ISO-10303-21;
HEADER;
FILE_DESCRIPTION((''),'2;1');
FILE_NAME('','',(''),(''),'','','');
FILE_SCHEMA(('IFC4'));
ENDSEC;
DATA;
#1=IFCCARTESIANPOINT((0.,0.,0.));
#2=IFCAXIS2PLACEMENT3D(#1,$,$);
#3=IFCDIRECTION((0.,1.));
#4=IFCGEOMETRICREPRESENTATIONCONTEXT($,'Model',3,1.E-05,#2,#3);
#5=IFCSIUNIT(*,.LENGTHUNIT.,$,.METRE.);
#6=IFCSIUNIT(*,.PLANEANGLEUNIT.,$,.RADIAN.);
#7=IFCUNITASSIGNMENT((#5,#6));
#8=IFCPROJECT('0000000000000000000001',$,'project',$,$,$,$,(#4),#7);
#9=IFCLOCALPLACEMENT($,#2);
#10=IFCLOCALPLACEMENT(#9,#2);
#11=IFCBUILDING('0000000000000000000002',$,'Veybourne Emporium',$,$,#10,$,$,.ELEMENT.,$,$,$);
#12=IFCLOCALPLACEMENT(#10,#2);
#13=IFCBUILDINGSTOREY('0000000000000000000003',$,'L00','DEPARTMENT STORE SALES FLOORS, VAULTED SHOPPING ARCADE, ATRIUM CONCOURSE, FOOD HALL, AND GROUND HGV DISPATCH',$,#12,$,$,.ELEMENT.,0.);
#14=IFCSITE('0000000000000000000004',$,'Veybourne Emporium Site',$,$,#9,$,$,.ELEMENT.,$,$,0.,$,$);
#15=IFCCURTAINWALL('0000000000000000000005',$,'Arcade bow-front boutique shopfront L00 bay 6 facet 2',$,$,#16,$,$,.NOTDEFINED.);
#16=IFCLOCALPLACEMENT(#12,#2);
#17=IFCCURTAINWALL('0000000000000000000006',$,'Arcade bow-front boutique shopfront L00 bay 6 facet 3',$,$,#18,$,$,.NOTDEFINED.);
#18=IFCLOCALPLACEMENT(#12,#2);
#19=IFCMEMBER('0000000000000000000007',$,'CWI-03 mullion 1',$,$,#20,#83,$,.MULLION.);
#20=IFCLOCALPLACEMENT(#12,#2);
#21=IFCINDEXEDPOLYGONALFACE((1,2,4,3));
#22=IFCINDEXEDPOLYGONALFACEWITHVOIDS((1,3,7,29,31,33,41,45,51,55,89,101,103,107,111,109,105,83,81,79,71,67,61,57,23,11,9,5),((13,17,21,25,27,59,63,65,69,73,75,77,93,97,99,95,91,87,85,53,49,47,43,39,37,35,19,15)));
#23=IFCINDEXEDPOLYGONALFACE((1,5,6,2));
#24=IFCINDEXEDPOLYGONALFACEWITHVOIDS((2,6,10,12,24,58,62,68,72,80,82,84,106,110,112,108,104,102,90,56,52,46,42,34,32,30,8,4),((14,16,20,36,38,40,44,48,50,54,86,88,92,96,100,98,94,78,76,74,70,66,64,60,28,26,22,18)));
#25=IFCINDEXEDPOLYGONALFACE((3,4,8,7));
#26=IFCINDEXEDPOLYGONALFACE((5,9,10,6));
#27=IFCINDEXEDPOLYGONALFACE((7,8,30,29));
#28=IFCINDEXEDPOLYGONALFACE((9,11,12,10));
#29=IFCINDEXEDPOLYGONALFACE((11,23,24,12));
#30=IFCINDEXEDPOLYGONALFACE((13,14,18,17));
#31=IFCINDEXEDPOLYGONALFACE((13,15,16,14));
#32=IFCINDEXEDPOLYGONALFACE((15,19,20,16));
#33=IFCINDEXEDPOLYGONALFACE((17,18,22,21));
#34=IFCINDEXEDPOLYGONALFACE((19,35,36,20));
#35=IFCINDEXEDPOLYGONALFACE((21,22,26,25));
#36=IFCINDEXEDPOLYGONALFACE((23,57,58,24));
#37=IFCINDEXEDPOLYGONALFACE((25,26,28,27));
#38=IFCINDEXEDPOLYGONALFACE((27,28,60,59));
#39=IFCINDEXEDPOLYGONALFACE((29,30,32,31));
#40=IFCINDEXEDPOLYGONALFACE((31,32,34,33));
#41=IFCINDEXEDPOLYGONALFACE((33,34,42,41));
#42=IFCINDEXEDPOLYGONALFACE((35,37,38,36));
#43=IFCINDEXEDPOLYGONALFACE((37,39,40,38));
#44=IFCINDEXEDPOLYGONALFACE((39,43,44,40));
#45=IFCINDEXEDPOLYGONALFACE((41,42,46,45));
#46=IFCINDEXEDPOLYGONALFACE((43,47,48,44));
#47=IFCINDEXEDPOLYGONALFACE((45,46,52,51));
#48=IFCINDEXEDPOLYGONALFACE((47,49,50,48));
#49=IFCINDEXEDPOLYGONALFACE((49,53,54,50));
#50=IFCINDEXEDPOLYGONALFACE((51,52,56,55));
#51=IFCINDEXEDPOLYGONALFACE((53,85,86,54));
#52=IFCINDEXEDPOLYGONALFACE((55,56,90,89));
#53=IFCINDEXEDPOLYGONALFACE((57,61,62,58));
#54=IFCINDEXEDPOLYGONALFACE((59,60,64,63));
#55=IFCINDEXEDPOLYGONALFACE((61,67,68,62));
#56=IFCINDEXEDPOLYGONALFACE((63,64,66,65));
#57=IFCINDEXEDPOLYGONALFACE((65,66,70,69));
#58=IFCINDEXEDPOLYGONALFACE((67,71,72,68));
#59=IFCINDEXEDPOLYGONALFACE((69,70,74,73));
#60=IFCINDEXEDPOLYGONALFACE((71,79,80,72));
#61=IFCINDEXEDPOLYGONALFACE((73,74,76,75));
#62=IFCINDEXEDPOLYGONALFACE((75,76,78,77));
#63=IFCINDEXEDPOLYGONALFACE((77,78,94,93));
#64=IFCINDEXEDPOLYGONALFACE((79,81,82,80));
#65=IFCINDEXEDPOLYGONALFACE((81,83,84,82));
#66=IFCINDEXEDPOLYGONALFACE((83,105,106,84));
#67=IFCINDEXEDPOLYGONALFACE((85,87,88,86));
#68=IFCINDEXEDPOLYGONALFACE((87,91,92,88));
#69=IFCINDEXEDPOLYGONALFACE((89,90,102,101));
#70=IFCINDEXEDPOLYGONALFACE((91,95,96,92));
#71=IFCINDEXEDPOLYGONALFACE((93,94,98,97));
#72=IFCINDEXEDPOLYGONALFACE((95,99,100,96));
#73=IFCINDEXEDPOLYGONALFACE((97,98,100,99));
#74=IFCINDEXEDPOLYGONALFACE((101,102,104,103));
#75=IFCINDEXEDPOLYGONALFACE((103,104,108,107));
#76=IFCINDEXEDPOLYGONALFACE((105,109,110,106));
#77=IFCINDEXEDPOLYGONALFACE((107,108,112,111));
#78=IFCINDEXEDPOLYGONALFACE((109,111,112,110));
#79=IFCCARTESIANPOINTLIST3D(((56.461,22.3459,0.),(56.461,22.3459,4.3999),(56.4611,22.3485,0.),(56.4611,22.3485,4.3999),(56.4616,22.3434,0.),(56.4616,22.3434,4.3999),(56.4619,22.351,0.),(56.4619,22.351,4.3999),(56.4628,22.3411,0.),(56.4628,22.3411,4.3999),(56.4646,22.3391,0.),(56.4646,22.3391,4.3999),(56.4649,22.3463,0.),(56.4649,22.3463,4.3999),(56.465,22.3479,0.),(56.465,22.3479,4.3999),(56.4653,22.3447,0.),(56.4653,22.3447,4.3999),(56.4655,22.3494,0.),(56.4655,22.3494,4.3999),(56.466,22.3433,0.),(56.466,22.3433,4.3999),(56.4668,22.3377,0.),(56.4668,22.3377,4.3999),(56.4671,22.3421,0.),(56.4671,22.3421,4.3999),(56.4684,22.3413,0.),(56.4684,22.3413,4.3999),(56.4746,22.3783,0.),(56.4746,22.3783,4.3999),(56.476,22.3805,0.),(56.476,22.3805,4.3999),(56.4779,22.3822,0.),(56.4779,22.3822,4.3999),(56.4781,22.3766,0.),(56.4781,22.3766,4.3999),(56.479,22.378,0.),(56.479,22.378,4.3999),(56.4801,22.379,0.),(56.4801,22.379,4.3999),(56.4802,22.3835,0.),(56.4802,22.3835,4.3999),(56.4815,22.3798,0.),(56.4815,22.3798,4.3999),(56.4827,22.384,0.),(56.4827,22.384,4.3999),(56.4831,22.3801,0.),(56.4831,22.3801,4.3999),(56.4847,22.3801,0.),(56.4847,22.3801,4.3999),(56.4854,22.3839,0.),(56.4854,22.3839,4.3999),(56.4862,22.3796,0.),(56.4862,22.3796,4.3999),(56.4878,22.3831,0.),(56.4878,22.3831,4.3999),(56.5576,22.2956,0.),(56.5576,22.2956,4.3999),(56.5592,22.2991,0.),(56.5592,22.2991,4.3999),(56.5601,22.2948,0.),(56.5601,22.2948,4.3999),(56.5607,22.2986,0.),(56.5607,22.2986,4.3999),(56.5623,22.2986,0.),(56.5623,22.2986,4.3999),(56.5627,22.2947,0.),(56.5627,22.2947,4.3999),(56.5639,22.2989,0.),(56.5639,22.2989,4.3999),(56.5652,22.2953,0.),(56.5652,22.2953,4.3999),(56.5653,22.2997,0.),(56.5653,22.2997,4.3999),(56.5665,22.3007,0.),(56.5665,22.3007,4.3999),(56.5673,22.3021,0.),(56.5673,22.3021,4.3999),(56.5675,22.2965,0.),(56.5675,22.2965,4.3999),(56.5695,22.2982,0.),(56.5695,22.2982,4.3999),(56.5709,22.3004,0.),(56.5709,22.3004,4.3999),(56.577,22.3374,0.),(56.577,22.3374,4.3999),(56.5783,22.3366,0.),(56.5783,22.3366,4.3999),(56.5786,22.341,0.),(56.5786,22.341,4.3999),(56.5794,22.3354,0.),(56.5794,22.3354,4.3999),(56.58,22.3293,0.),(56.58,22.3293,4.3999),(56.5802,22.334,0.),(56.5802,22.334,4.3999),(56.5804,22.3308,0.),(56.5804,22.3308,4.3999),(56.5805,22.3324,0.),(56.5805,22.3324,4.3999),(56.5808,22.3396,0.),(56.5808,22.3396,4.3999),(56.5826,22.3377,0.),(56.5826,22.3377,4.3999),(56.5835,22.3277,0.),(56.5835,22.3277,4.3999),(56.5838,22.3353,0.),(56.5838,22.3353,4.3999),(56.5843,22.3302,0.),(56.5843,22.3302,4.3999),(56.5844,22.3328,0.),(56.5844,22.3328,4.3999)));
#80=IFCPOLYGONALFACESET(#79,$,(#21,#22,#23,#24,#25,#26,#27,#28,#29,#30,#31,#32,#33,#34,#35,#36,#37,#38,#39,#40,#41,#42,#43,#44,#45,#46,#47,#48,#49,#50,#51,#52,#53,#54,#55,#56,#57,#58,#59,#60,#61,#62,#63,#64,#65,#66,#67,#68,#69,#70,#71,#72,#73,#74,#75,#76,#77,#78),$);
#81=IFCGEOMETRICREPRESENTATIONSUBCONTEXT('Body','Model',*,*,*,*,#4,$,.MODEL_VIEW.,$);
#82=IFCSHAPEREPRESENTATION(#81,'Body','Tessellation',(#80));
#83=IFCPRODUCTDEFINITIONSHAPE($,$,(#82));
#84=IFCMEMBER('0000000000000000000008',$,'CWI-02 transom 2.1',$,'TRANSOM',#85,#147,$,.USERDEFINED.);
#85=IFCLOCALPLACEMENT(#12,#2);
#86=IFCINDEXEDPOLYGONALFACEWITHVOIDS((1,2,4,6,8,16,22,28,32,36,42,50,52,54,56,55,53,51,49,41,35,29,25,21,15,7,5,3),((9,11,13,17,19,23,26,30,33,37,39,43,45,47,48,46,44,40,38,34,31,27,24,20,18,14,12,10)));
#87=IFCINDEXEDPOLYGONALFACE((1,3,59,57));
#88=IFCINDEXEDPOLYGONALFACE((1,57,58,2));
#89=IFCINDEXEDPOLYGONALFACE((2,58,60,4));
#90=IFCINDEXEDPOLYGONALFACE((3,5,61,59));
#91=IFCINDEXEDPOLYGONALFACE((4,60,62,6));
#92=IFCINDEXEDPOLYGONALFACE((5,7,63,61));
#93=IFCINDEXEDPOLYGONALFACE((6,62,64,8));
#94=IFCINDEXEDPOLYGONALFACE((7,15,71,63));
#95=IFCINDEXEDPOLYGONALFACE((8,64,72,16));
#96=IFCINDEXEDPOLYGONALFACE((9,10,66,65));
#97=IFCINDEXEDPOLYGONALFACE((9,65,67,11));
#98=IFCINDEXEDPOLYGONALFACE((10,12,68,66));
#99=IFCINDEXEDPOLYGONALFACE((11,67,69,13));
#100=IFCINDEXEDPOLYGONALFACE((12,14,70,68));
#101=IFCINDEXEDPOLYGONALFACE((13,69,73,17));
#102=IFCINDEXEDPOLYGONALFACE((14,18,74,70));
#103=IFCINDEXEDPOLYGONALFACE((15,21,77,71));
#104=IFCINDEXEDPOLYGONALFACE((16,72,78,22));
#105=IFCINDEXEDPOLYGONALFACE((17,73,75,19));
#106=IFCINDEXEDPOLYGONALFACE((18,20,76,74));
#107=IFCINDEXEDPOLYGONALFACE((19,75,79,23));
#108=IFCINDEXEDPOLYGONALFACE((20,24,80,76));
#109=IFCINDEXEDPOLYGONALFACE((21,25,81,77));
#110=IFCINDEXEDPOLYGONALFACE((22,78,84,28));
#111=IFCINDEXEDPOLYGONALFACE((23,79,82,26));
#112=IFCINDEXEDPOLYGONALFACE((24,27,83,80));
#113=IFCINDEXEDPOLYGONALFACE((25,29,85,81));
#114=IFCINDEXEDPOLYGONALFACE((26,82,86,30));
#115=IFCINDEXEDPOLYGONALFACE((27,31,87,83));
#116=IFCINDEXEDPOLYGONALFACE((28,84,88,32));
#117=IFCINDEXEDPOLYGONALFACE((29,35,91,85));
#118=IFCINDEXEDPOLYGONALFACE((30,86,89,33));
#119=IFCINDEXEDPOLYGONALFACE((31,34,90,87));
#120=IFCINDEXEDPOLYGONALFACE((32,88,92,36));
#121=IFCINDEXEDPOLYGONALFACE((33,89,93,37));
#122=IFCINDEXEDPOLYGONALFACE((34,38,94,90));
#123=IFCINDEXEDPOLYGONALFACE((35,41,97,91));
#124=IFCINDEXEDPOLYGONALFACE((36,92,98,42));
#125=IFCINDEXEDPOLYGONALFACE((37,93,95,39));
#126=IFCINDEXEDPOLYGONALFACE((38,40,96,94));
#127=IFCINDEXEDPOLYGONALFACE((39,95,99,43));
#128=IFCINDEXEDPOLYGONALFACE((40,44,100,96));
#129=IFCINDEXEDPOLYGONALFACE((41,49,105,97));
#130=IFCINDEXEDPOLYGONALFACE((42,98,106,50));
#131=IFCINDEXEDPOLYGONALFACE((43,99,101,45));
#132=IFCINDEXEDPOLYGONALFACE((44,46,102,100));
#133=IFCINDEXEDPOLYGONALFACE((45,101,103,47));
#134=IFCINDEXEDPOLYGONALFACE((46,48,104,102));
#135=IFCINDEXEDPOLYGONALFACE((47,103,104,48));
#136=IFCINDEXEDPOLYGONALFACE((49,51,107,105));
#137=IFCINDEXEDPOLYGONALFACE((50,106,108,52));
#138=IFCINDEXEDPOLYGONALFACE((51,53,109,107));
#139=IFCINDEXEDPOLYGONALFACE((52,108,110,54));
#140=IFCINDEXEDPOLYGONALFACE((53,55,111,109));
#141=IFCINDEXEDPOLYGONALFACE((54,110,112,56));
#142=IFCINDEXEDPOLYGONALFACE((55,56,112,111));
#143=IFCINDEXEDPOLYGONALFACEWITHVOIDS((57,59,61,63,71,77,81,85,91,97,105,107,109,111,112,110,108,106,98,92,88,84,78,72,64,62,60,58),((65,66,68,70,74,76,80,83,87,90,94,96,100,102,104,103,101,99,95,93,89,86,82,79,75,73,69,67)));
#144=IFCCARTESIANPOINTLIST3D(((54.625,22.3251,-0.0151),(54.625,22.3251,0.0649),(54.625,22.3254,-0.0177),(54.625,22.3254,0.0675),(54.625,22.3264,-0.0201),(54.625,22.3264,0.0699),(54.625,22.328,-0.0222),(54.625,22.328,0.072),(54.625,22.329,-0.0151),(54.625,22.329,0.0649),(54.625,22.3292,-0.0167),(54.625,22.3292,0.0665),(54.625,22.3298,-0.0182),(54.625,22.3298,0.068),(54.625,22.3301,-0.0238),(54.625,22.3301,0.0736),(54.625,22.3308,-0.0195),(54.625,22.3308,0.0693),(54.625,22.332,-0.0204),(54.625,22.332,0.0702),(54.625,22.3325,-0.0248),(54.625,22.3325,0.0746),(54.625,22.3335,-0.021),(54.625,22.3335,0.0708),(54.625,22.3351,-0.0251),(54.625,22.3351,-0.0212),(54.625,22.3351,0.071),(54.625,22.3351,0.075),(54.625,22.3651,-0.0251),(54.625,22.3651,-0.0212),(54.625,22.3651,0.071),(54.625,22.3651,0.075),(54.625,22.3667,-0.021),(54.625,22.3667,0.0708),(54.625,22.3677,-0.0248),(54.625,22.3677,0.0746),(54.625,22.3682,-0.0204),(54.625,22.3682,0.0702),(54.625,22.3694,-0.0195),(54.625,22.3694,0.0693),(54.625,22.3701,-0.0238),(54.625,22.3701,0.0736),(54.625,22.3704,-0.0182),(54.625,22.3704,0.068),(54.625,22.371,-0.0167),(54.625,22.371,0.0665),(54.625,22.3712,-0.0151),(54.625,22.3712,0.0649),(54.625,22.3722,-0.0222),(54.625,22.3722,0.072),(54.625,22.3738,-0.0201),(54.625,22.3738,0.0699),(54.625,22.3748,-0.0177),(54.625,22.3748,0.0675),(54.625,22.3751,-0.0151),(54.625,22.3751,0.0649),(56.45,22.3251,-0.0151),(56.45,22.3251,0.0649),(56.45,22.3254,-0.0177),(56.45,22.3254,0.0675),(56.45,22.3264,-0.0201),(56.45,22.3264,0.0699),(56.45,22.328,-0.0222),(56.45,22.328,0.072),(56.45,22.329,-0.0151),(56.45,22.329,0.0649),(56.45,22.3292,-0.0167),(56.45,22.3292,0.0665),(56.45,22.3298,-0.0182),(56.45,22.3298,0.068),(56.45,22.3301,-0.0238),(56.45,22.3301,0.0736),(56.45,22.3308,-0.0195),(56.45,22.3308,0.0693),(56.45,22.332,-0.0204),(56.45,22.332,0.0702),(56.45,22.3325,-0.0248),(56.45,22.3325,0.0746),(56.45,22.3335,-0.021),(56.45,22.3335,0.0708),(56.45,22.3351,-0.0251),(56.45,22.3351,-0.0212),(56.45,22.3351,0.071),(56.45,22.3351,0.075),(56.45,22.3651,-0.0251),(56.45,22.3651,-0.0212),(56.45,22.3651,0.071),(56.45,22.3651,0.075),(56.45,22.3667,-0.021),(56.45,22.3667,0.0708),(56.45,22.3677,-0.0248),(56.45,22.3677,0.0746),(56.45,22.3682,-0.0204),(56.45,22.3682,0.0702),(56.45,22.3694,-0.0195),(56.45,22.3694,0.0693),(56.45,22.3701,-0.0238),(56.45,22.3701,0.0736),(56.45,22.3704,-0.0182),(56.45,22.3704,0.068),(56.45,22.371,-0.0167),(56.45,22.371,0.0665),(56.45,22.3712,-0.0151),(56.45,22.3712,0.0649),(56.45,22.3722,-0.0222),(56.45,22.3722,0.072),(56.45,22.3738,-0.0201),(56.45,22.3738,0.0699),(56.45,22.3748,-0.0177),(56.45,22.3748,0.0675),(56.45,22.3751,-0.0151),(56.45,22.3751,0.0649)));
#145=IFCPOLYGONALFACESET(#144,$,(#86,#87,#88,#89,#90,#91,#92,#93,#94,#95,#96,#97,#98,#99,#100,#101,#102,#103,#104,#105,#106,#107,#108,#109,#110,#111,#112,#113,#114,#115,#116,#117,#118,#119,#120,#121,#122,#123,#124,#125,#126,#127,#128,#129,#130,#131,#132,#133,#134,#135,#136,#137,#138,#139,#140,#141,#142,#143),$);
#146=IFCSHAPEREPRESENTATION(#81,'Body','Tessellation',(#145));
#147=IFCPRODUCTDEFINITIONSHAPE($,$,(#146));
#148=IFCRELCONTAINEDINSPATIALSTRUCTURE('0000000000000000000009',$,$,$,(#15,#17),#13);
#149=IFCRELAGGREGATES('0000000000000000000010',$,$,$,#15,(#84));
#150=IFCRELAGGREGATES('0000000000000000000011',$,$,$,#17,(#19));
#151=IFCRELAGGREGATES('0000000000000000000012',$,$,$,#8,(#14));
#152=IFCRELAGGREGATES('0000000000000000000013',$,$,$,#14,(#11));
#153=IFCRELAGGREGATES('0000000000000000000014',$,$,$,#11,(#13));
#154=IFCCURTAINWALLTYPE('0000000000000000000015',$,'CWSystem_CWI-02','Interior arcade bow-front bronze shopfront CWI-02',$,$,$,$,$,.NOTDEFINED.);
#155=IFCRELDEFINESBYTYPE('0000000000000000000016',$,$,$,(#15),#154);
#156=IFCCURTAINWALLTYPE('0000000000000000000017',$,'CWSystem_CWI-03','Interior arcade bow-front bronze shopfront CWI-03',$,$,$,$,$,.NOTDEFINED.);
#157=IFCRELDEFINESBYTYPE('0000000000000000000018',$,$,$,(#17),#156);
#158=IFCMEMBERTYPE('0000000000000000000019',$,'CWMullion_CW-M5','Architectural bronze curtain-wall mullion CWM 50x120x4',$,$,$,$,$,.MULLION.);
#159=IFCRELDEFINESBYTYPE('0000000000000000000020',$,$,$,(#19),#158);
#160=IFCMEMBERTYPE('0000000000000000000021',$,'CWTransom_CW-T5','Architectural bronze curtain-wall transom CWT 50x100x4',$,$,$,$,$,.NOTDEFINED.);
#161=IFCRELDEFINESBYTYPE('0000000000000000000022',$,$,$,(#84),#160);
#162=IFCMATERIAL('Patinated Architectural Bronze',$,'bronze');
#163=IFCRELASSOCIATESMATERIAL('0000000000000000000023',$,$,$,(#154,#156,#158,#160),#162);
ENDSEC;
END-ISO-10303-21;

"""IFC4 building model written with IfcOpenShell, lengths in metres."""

from ifc_helpers import new_model, si_unit, direction, frame, origin, origin_2d, place, context, subcontext, project, spatial, hollow_rectangle, extrude, material, material_profile, profile_set, type_object, element, aggregate, save


model = new_model("IFC4")

# Units and contexts
model_context = context("Model", 3, precision=1e-05, world=origin(), true_north=direction((0.0, 1.0)))
body_context = subcontext(model_context, "Body", "Model", "MODEL_VIEW")
ifc_project = project(units=[si_unit("LENGTHUNIT", "METRE"), si_unit("PLANEANGLEUNIT", "RADIAN")], contexts=[model_context])

# Site, building, storey
site_placement = place(None, origin())
site = spatial("IfcSite", under=ifc_project, at=site_placement, Name="Veybourne Emporium Site", CompositionType="ELEMENT", RefElevation=0.0)
building_placement = place(site_placement, origin())
building = spatial("IfcBuilding", under=site, at=building_placement, Name="Veybourne Emporium", CompositionType="ELEMENT")
storey_placement = place(building_placement, origin())
storey = spatial("IfcBuildingStorey", under=building, at=storey_placement, Name="L00", Description="DEPARTMENT STORE SALES FLOORS, VAULTED SHOPPING ARCADE, ATRIUM CONCOURSE, FOOD HALL, AND GROUND HGV DISPATCH", CompositionType="ELEMENT", Elevation=0.0)

# Curtain wall
ifc_material_1 = material(Name="Patinated Architectural Bronze", Category="bronze")
curtain_wall_type_1 = type_object("IfcCurtainWallType", Name="CWSystem_CWI-02", Description="Interior arcade bow-front bronze shopfront CWI-02", PredefinedType="NOTDEFINED", material=ifc_material_1)
curtain_wall_1_placement = place(storey_placement, origin())
curtain_wall_1 = element("IfcCurtainWall", 1, at=curtain_wall_1_placement, inside=storey, type_object=curtain_wall_type_1, Name="Arcade bow-front boutique shopfront L00 bay 6 facet 2", PredefinedType="NOTDEFINED")
ifc_material_profile_1 = material_profile(ifc_material_1, hollow_rectangle(XDim=0.05, YDim=0.1201, WallThickness=0.0039, InnerFilletRadius=0.0061, OuterFilletRadius=0.01, at=origin_2d()), Name="CWM 50x120x4")
ifc_profile_set_1 = profile_set([ifc_material_profile_1], Name="Patinated Architectural Bronze")
member_type_1 = type_object("IfcMemberType", Name="CWMullion_CW-M5", Description="Architectural bronze curtain-wall mullion CWM 50x120x4", PredefinedType="MULLION", material=ifc_profile_set_1)

# Curtain wall, member
curtain_wall_type_2 = type_object("IfcCurtainWallType", Name="CWSystem_CWI-03", Description="Interior arcade bow-front bronze shopfront CWI-03", PredefinedType="NOTDEFINED", material=ifc_material_1)
curtain_wall_2_placement = place(storey_placement, origin())
curtain_wall_2 = element("IfcCurtainWall", 2, at=curtain_wall_2_placement, inside=storey, type_object=curtain_wall_type_2, Name="Arcade bow-front boutique shopfront L00 bay 6 facet 3", PredefinedType="NOTDEFINED")
member_1_placement = place(storey_placement, frame((56.5227, 22.3394, 0.0), z_axis=(0.0, 0.0, 1.0), x_axis=(0.421111, 0.907009, 0.0)))
member_1 = element("IfcMember", 3, at=member_1_placement, type_object=member_type_1, Name="CWI-03 mullion 1", PredefinedType="MULLION", context=body_context, shape_type="SweptSolid", body=[
    extrude(hollow_rectangle(XDim=0.05, YDim=0.1201, WallThickness=0.0039, InnerFilletRadius=0.0061, OuterFilletRadius=0.01, at=origin_2d()), origin(), (0.0, 0.0, 1.0), 4.3999),
])

# Member
ifc_material_profile_2 = material_profile(ifc_material_1, hollow_rectangle(XDim=0.05, YDim=0.1001, WallThickness=0.0039, InnerFilletRadius=0.0061, OuterFilletRadius=0.01, at=origin_2d()), Name="CWT 50x100x4")
ifc_profile_set_2 = profile_set([ifc_material_profile_2], Name="Patinated Architectural Bronze")
member_type_2 = type_object("IfcMemberType", Name="CWTransom_CW-T5", Description="Architectural bronze curtain-wall transom CWT 50x100x4", PredefinedType="NOTDEFINED", material=ifc_profile_set_2)
member_2_placement = place(storey_placement, frame((54.625, 22.3501, 0.0249), z_axis=(1.0, 0.0, 0.0), x_axis=(0.0, 1.0, 0.0)))
member_2 = element("IfcMember", 4, at=member_2_placement, type_object=member_type_2, Name="CWI-02 transom 2.1", ObjectType="TRANSOM", PredefinedType="USERDEFINED", context=body_context, shape_type="SweptSolid", body=[
    extrude(hollow_rectangle(XDim=0.05, YDim=0.1001, WallThickness=0.0039, InnerFilletRadius=0.0061, OuterFilletRadius=0.01, at=origin_2d()), origin(), (0.0, 0.0, 1.0), 1.825),
])

aggregate(curtain_wall_1, [member_2])
aggregate(curtain_wall_2, [member_1])

save(model, "model.ifc")
